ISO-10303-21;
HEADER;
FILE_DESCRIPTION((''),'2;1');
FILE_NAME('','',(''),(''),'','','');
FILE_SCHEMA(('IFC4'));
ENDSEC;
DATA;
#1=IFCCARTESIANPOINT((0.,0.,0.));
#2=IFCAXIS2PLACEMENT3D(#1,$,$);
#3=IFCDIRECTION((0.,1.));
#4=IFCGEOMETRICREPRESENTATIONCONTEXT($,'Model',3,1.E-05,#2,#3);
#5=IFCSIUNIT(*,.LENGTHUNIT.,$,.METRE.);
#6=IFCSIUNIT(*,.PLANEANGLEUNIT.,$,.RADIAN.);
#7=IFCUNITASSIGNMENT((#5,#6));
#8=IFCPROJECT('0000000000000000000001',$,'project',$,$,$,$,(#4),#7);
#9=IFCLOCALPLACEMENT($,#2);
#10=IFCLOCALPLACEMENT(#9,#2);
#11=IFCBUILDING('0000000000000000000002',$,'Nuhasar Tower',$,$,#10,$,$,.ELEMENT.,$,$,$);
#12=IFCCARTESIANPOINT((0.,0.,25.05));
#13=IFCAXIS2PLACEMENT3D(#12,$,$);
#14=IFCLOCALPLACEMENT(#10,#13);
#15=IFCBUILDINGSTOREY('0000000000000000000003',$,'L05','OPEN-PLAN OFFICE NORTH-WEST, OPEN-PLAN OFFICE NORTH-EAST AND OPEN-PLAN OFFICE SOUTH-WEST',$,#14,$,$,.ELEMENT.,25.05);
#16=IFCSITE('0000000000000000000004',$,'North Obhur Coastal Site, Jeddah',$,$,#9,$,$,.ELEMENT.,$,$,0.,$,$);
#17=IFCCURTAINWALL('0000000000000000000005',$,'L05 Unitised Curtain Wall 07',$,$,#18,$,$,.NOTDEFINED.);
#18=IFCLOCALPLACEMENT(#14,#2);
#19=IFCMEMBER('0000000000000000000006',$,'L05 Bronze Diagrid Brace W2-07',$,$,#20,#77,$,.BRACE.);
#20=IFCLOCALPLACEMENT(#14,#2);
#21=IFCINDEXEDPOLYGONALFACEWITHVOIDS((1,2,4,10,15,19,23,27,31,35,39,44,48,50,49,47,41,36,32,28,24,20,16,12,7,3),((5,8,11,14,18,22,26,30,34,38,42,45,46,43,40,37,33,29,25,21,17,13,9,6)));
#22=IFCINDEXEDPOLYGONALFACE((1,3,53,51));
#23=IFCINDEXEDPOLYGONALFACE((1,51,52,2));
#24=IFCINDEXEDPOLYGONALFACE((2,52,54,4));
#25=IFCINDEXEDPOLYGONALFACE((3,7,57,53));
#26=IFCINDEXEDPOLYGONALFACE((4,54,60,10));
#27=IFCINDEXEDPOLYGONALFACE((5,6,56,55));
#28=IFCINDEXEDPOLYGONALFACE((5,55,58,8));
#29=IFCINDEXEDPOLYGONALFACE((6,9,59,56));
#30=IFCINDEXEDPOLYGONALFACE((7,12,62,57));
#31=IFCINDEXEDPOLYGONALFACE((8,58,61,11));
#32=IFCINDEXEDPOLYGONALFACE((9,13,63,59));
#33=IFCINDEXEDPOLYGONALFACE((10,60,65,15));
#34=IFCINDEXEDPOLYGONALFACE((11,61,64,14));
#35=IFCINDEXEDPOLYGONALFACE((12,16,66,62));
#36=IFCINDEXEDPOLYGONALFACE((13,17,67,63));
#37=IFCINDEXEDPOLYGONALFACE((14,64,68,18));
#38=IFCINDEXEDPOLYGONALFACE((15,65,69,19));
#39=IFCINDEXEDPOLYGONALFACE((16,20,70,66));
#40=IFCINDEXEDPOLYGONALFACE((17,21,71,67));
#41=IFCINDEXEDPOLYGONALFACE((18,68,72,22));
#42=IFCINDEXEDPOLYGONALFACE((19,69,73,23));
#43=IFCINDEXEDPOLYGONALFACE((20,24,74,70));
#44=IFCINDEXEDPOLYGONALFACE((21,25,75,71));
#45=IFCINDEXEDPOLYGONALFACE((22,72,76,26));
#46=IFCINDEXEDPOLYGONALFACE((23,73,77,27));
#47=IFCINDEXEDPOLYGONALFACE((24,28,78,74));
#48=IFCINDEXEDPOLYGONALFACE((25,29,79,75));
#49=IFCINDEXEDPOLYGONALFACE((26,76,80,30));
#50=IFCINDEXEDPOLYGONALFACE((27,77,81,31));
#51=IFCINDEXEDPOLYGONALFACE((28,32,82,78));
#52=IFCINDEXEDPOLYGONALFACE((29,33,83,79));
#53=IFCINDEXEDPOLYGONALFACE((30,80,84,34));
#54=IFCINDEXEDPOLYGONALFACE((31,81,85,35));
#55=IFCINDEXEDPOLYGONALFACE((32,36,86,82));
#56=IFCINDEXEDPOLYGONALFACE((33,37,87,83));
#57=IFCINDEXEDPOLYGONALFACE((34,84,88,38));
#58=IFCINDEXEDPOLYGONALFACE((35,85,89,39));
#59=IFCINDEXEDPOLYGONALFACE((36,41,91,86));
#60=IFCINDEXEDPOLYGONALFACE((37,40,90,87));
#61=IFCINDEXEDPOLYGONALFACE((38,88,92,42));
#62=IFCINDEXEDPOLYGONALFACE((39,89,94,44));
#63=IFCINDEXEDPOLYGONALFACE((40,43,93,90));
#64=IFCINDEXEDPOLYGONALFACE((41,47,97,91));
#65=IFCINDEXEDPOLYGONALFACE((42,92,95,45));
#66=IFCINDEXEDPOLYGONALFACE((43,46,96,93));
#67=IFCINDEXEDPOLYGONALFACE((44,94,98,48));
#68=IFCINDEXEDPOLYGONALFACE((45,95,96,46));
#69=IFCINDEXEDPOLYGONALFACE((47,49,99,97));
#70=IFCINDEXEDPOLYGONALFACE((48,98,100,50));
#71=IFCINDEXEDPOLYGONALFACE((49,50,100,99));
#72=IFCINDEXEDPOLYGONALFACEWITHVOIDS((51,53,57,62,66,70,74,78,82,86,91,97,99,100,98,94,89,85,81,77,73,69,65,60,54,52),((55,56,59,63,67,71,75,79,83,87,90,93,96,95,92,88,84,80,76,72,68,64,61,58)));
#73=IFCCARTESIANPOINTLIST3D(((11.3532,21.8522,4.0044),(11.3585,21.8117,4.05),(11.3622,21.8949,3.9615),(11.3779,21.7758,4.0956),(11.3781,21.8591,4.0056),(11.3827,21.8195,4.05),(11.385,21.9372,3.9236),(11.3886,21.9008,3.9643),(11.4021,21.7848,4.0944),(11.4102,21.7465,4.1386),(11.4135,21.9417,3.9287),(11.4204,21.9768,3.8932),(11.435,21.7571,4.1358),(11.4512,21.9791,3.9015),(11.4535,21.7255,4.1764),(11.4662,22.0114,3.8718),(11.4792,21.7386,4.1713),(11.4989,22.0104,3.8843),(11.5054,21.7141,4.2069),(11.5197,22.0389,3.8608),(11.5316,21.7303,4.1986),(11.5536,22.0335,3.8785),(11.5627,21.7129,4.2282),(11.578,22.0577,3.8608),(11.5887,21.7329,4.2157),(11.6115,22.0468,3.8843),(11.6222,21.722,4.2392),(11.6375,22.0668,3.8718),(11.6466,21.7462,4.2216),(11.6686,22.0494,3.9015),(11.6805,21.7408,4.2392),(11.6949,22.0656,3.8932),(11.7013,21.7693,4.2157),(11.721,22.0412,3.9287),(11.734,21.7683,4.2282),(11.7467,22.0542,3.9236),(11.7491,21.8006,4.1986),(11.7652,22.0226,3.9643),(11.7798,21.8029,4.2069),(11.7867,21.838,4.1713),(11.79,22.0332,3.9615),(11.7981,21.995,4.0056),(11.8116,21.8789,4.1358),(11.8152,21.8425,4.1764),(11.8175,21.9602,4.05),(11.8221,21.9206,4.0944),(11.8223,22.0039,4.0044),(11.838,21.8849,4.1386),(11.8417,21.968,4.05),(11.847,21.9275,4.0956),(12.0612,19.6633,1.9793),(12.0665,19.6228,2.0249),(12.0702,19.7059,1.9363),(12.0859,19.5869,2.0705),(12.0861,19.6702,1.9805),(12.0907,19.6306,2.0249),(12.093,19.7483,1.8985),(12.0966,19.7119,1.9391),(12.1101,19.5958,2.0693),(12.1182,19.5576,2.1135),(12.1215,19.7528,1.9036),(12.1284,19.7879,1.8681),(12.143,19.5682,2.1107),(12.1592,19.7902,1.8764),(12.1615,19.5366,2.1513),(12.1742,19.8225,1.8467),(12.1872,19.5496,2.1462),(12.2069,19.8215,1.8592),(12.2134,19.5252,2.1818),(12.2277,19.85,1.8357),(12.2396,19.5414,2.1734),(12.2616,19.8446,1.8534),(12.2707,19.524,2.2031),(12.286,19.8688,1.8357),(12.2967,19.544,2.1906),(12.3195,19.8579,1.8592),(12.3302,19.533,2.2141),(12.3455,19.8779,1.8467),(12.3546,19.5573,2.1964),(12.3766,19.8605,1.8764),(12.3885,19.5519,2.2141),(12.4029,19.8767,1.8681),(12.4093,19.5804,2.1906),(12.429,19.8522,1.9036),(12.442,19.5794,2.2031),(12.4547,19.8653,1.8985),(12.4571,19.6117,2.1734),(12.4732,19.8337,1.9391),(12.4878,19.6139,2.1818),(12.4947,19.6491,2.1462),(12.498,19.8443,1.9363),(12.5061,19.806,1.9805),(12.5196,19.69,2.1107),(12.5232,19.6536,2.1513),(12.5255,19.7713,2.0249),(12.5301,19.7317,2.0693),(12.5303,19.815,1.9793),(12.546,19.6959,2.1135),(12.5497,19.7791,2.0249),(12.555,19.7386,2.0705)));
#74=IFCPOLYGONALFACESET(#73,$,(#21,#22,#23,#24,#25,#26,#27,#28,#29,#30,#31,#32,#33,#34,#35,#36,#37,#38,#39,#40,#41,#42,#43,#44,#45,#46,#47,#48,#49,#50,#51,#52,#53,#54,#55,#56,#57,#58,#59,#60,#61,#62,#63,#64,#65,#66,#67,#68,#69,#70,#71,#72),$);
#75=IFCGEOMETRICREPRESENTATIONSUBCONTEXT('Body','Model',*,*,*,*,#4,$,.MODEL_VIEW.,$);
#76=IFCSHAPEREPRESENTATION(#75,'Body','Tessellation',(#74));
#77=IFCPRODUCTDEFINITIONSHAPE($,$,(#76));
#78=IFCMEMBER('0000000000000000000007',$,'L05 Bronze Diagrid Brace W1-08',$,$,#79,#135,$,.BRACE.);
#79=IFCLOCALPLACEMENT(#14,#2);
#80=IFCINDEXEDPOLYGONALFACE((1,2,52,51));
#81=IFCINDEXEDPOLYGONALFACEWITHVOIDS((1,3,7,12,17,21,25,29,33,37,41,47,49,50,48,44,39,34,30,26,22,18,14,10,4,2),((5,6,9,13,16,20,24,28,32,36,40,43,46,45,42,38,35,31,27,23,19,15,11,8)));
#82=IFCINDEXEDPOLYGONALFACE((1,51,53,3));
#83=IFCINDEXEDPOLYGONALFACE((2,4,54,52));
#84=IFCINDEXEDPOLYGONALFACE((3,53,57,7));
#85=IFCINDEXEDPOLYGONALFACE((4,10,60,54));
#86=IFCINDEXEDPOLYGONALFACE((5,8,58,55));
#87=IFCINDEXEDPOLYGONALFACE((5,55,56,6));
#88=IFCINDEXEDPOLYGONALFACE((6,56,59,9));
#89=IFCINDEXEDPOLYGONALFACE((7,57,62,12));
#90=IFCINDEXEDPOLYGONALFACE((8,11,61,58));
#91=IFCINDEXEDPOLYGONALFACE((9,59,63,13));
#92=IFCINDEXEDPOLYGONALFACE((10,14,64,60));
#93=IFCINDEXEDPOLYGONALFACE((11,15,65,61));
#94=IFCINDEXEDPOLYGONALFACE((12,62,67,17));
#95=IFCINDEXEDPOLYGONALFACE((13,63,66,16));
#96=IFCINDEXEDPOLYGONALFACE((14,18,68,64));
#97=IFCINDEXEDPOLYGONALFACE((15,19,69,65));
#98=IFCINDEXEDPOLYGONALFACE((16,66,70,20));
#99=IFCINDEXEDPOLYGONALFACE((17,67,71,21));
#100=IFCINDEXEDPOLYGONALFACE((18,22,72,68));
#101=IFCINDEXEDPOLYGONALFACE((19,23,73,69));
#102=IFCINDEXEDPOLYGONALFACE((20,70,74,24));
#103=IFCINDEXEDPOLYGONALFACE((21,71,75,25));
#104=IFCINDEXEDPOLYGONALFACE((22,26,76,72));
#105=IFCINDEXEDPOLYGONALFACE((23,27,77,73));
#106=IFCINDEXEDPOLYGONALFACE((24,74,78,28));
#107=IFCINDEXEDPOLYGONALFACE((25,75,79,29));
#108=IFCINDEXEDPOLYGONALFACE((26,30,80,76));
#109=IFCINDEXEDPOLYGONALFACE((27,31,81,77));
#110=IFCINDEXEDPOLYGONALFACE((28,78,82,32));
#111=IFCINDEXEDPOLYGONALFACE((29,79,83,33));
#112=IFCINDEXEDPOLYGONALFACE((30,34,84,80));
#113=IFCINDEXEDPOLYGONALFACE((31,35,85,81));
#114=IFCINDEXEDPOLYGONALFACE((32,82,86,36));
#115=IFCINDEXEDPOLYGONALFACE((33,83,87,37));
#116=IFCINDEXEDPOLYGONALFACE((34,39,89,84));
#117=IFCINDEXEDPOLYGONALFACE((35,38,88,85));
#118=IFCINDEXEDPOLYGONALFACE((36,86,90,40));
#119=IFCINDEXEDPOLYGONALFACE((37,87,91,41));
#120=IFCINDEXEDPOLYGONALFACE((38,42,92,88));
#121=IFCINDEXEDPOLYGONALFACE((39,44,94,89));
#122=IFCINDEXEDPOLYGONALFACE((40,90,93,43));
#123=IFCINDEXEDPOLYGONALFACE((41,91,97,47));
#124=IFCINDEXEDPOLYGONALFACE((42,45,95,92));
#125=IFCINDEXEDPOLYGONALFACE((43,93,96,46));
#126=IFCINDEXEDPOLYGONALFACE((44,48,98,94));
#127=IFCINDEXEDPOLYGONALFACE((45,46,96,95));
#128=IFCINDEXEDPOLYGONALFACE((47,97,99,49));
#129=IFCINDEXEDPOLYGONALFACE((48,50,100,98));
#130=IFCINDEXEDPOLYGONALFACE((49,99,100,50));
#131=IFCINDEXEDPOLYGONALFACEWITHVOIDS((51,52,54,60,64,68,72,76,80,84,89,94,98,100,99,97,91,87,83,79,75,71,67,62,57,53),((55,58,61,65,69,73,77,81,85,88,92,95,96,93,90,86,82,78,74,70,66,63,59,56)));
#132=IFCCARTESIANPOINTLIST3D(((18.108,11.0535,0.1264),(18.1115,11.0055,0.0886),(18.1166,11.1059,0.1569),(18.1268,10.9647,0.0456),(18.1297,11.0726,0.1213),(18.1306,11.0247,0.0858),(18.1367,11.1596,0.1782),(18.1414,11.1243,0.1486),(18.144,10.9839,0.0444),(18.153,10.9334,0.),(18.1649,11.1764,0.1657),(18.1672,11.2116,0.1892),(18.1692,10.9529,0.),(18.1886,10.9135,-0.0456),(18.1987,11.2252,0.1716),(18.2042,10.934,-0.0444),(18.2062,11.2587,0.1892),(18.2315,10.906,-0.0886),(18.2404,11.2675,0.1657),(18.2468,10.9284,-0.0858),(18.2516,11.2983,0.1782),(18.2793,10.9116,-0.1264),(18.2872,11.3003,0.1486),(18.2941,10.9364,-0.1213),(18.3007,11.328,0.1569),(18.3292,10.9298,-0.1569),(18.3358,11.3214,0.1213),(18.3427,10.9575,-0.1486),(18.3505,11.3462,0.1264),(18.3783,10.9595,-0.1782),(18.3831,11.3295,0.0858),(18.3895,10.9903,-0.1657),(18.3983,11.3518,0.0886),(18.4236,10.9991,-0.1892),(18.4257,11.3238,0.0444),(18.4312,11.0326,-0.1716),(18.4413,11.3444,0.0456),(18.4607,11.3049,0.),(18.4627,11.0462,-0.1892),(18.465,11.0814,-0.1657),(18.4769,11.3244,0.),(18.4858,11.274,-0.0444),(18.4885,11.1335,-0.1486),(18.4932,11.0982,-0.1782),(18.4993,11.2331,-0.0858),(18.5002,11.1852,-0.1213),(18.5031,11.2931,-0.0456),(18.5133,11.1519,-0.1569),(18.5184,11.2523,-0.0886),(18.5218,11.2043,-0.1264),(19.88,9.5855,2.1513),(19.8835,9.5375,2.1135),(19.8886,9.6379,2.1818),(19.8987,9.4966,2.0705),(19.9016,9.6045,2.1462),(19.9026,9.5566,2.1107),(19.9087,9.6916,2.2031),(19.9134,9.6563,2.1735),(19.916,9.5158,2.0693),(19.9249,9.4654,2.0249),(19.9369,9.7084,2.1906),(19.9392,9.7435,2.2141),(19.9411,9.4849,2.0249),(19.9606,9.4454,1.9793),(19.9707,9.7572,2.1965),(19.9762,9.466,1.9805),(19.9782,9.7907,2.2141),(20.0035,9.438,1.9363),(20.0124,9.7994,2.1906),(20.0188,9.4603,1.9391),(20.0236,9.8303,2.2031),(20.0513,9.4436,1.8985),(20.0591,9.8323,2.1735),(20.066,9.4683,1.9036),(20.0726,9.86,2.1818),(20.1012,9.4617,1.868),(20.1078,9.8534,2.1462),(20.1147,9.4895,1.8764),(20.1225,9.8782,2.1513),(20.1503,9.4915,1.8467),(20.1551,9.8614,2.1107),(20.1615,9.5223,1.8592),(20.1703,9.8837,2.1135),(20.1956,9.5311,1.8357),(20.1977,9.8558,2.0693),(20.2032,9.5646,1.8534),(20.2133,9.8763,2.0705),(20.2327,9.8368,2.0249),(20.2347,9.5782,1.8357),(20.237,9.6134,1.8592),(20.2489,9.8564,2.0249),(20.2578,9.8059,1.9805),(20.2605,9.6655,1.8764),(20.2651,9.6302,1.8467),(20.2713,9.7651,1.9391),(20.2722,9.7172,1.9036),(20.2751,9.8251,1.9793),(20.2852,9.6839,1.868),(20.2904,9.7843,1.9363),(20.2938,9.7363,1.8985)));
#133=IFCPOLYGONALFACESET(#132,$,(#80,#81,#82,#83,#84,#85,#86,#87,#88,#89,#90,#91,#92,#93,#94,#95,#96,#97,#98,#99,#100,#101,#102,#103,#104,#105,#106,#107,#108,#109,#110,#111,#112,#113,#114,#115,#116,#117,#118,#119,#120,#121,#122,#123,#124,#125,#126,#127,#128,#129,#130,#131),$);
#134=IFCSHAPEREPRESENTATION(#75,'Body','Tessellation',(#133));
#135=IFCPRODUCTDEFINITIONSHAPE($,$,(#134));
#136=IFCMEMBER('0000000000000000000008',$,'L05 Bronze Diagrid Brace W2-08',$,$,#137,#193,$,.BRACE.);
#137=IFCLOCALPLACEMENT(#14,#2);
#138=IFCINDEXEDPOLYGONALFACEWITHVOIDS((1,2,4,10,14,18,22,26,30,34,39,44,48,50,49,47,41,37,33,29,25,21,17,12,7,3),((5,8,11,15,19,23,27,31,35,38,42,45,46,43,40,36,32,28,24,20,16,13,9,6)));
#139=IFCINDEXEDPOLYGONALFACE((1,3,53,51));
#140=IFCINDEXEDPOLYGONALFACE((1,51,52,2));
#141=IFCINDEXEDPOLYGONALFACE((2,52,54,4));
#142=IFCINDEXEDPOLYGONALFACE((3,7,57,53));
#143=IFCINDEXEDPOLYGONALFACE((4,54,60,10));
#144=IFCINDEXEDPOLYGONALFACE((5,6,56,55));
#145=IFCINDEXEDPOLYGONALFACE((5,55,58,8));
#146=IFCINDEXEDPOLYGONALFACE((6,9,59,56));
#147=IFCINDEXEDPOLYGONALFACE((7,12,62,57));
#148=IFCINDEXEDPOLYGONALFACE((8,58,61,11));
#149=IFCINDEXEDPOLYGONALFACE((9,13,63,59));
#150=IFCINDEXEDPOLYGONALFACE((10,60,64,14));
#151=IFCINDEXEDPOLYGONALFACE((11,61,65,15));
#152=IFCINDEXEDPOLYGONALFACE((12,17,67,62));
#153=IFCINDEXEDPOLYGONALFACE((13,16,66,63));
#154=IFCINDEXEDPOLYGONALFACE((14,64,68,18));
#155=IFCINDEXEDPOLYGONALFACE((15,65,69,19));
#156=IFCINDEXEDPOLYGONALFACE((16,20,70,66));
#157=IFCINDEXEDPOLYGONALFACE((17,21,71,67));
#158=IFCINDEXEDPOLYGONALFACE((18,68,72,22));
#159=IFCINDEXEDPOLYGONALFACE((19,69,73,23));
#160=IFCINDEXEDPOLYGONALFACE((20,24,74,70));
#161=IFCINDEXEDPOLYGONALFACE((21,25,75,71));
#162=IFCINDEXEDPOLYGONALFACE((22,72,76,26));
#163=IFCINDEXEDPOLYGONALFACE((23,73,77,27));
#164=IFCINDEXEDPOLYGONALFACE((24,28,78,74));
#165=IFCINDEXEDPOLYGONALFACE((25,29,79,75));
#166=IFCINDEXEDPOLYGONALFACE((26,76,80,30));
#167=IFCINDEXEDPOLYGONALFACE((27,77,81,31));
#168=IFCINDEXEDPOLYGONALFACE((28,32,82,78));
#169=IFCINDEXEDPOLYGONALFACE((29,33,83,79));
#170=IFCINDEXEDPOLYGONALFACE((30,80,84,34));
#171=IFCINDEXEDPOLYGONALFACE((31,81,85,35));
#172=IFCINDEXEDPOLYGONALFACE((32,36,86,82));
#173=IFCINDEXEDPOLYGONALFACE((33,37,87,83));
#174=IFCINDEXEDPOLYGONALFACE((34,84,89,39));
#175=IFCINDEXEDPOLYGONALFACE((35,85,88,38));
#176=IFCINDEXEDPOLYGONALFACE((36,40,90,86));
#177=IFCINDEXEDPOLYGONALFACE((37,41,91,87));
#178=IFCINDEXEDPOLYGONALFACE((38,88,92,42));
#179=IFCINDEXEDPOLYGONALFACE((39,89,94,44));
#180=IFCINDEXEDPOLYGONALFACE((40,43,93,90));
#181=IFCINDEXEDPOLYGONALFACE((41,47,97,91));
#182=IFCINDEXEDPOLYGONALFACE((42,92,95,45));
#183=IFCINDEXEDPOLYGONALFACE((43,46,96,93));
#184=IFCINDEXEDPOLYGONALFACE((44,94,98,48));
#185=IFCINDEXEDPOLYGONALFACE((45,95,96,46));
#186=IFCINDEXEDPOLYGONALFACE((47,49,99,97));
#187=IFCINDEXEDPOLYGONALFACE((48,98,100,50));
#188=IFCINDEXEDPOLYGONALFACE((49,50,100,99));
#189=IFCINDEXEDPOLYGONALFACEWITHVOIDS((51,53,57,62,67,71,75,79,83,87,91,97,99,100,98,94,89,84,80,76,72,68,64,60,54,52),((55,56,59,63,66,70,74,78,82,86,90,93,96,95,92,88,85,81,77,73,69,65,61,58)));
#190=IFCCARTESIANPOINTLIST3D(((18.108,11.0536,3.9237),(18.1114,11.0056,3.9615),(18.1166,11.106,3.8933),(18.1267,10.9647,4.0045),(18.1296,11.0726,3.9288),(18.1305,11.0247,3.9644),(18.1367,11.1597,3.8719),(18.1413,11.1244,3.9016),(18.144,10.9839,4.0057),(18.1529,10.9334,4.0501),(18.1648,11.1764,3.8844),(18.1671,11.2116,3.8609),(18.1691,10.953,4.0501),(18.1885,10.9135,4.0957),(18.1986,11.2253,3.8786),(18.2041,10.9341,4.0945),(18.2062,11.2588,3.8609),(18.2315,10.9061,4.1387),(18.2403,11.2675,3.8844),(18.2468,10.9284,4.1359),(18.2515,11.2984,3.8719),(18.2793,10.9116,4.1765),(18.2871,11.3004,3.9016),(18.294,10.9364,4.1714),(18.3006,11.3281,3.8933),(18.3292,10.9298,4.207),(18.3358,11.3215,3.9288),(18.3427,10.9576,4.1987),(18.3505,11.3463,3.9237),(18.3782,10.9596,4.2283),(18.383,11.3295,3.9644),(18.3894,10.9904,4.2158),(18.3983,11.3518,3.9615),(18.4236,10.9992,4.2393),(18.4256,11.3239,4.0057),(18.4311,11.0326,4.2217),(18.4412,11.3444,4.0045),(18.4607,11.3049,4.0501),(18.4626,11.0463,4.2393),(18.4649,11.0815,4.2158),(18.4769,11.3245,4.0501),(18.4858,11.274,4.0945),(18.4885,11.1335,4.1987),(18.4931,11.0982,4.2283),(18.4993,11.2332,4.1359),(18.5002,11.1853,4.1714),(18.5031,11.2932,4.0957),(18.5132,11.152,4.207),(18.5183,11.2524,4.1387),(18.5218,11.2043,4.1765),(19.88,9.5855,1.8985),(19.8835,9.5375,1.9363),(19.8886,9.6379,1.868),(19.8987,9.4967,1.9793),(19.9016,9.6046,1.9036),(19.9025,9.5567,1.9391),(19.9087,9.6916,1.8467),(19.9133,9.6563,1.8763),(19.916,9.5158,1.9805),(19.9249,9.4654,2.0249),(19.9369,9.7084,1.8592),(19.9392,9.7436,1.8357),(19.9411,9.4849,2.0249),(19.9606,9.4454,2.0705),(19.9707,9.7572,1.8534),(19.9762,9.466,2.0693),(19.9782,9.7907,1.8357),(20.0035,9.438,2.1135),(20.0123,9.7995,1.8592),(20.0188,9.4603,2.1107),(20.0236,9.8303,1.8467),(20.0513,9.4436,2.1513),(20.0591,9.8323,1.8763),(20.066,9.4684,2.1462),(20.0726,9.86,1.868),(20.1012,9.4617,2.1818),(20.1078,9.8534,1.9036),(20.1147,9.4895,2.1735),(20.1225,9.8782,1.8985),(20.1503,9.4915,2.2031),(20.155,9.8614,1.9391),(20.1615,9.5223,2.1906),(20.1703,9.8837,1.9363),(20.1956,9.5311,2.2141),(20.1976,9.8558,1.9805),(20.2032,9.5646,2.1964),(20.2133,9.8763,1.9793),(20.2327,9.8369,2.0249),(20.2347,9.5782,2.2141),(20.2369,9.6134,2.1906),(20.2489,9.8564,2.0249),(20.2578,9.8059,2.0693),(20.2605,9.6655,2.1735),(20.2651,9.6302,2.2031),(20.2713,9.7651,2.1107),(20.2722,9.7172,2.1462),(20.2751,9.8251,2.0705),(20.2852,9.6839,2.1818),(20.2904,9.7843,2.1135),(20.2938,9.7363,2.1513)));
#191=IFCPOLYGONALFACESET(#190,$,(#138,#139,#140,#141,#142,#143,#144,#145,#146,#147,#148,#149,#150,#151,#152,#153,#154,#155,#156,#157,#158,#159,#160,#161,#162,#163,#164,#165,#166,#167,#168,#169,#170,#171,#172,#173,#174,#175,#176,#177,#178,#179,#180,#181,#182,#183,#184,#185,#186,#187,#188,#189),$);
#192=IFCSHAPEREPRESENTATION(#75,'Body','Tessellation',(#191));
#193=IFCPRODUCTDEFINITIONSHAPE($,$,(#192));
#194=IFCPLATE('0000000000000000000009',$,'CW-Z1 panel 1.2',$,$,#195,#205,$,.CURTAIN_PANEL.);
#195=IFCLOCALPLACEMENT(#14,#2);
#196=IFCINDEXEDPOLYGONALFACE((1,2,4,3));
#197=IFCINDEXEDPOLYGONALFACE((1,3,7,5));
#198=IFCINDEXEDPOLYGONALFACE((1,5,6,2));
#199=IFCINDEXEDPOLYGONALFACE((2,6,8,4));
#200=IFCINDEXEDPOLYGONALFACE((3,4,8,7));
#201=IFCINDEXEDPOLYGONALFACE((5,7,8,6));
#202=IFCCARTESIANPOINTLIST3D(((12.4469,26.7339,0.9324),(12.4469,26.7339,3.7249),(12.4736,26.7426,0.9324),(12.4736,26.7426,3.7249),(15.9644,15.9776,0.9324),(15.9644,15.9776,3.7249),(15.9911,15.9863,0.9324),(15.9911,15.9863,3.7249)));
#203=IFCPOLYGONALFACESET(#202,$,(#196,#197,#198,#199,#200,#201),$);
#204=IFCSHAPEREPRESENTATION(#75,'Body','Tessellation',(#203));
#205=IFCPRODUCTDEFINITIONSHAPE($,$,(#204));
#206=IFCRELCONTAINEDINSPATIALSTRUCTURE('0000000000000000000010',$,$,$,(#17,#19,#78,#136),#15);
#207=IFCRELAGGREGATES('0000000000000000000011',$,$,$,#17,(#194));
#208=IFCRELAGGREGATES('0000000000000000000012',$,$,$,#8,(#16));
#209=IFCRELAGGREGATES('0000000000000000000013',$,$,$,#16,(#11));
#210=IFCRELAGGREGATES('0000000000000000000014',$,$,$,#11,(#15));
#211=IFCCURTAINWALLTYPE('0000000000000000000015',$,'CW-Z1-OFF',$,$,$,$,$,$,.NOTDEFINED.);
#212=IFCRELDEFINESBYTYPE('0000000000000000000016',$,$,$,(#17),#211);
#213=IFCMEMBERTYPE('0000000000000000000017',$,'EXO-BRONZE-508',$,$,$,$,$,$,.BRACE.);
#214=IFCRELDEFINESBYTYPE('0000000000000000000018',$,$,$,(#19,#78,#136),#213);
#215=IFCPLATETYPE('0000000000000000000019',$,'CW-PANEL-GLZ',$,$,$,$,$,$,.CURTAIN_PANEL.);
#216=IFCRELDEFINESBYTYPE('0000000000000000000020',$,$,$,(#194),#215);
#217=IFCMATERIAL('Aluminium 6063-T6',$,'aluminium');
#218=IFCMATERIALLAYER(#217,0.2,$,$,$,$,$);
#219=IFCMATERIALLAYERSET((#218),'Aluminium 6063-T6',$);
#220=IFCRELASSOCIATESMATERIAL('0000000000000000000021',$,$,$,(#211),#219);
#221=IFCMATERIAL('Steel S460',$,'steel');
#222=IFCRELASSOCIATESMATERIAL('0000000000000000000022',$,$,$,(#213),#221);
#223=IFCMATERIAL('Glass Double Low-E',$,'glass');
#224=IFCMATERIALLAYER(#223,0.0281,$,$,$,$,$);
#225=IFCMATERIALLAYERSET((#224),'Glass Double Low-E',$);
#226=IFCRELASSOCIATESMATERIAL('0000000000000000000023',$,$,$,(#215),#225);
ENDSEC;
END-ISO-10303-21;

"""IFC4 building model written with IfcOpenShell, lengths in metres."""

from ifc_helpers import new_model, si_unit, direction, frame, origin, origin_2d, place, context, subcontext, project, spatial, rectangle, hollow_circle, extrude, material, layer, layer_set, material_profile, profile_set, type_object, element, aggregate, save


model = new_model("IFC4")

# Units and contexts
model_context = context("Model", 3, precision=1e-05, world=origin(), true_north=direction((0.0, 1.0)))
body_context = subcontext(model_context, "Body", "Model", "MODEL_VIEW")
ifc_project = project(units=[si_unit("LENGTHUNIT", "METRE"), si_unit("PLANEANGLEUNIT", "RADIAN")], contexts=[model_context])

# Site, building, storey
site_placement = place(None, origin())
site = spatial("IfcSite", under=ifc_project, at=site_placement, Name="North Obhur Coastal Site, Jeddah", CompositionType="ELEMENT", RefElevation=0.0)
building_placement = place(site_placement, origin())
building = spatial("IfcBuilding", under=site, at=building_placement, Name="Nuhasar Tower", CompositionType="ELEMENT")
storey_placement = place(building_placement, frame((0.0, 0.0, 25.05)))
storey = spatial("IfcBuildingStorey", under=building, at=storey_placement, Name="L05", Description="OPEN-PLAN OFFICE NORTH-WEST, OPEN-PLAN OFFICE NORTH-EAST AND OPEN-PLAN OFFICE SOUTH-WEST", CompositionType="ELEMENT", Elevation=25.05)

# Curtain wall
ifc_material_1 = material(Name="Aluminium 6063-T6", Category="aluminium")
ifc_layer_1 = layer(ifc_material_1, 0.2)
ifc_layer_set_1 = layer_set([ifc_layer_1], Name="Aluminium 6063-T6")
curtain_wall_type = type_object("IfcCurtainWallType", Name="CW-Z1-OFF", PredefinedType="NOTDEFINED", material=ifc_layer_set_1)
curtain_wall_1_placement = place(storey_placement, origin())
curtain_wall_1 = element("IfcCurtainWall", 1, at=curtain_wall_1_placement, inside=storey, type_object=curtain_wall_type, Name="L05 Unitised Curtain Wall 07", PredefinedType="NOTDEFINED")

# Members
ifc_material_2 = material(Name="Steel S460", Category="steel")
ifc_material_profile_1 = material_profile(ifc_material_2, hollow_circle(Radius=0.2539, WallThickness=0.0254, at=origin_2d()), Name="HSS508X25.4")
ifc_profile_set_1 = profile_set([ifc_material_profile_1], Name="Steel S460")
member_type_1 = type_object("IfcMemberType", Name="EXO-BRONZE-508", PredefinedType="BRACE", material=ifc_profile_set_1)
member_1_placement = place(storey_placement, frame((12.3081, 19.7009, 2.0249), z_axis=(-0.231, 0.714187, 0.660739), x_axis=(-0.951468, -0.307747, 0.0)))
element("IfcMember", 2, at=member_1_placement, inside=storey, type_object=member_type_1, Name="L05 Bronze Diagrid Brace W2-07", PredefinedType="BRACE", context=body_context, shape_type="SweptSolid", body=[
    extrude(hollow_circle(Radius=0.2539, WallThickness=0.0254, at=origin_2d()), origin(), (0.0, 0.0, 1.0), 3.0649),
])
member_2_placement = place(storey_placement, frame((18.3149, 11.1289, 0.0), z_axis=(0.578102, -0.478937, 0.660619), x_axis=(0.637969, 0.770062, 0.0)))
element("IfcMember", 3, at=member_2_placement, inside=storey, type_object=member_type_1, Name="L05 Bronze Diagrid Brace W1-08", PredefinedType="BRACE", context=body_context, shape_type="SweptSolid", body=[
    extrude(hollow_circle(Radius=0.2539, WallThickness=0.0254, at=origin_2d()), origin(), (0.0, 0.0, 1.0), 3.0652),
])
member_3_placement = place(storey_placement, frame((20.0869, 9.6609, 2.0249), z_axis=(-0.578071, 0.478912, 0.660664), x_axis=(-0.637969, -0.770062, 0.0)))
element("IfcMember", 4, at=member_3_placement, inside=storey, type_object=member_type_1, Name="L05 Bronze Diagrid Brace W2-08", PredefinedType="BRACE", context=body_context, shape_type="SweptSolid", body=[
    extrude(hollow_circle(Radius=0.2539, WallThickness=0.0254, at=origin_2d()), origin(), (0.0, 0.0, 1.0), 3.0654),
])

# Plate
ifc_material_3 = material(Name="Glass Double Low-E", Category="glass")
ifc_layer_2 = layer(ifc_material_3, 0.0281)
ifc_layer_set_2 = layer_set([ifc_layer_2], Name="Glass Double Low-E")
plate_type_1 = type_object("IfcPlateType", Name="CW-PANEL-GLZ", PredefinedType="CURTAIN_PANEL", material=ifc_layer_set_2)
plate_1_placement = place(storey_placement, frame((14.219, 21.3601, 0.9324), z_axis=(0.0, 0.0, 1.0), x_axis=(0.310824, -0.950468, 0.0)))
plate_1 = element("IfcPlate", 5, at=plate_1_placement, type_object=plate_type_1, Name="CW-Z1 panel 1.2", PredefinedType="CURTAIN_PANEL", context=body_context, shape_type="SweptSolid", body=[
    extrude(rectangle(XDim=11.3169, YDim=0.0281, at=origin_2d()), origin(), (0.0, 0.0, 1.0), 2.7925),
])
aggregate(curtain_wall_1, [plate_1])

save(model, "model.ifc")
